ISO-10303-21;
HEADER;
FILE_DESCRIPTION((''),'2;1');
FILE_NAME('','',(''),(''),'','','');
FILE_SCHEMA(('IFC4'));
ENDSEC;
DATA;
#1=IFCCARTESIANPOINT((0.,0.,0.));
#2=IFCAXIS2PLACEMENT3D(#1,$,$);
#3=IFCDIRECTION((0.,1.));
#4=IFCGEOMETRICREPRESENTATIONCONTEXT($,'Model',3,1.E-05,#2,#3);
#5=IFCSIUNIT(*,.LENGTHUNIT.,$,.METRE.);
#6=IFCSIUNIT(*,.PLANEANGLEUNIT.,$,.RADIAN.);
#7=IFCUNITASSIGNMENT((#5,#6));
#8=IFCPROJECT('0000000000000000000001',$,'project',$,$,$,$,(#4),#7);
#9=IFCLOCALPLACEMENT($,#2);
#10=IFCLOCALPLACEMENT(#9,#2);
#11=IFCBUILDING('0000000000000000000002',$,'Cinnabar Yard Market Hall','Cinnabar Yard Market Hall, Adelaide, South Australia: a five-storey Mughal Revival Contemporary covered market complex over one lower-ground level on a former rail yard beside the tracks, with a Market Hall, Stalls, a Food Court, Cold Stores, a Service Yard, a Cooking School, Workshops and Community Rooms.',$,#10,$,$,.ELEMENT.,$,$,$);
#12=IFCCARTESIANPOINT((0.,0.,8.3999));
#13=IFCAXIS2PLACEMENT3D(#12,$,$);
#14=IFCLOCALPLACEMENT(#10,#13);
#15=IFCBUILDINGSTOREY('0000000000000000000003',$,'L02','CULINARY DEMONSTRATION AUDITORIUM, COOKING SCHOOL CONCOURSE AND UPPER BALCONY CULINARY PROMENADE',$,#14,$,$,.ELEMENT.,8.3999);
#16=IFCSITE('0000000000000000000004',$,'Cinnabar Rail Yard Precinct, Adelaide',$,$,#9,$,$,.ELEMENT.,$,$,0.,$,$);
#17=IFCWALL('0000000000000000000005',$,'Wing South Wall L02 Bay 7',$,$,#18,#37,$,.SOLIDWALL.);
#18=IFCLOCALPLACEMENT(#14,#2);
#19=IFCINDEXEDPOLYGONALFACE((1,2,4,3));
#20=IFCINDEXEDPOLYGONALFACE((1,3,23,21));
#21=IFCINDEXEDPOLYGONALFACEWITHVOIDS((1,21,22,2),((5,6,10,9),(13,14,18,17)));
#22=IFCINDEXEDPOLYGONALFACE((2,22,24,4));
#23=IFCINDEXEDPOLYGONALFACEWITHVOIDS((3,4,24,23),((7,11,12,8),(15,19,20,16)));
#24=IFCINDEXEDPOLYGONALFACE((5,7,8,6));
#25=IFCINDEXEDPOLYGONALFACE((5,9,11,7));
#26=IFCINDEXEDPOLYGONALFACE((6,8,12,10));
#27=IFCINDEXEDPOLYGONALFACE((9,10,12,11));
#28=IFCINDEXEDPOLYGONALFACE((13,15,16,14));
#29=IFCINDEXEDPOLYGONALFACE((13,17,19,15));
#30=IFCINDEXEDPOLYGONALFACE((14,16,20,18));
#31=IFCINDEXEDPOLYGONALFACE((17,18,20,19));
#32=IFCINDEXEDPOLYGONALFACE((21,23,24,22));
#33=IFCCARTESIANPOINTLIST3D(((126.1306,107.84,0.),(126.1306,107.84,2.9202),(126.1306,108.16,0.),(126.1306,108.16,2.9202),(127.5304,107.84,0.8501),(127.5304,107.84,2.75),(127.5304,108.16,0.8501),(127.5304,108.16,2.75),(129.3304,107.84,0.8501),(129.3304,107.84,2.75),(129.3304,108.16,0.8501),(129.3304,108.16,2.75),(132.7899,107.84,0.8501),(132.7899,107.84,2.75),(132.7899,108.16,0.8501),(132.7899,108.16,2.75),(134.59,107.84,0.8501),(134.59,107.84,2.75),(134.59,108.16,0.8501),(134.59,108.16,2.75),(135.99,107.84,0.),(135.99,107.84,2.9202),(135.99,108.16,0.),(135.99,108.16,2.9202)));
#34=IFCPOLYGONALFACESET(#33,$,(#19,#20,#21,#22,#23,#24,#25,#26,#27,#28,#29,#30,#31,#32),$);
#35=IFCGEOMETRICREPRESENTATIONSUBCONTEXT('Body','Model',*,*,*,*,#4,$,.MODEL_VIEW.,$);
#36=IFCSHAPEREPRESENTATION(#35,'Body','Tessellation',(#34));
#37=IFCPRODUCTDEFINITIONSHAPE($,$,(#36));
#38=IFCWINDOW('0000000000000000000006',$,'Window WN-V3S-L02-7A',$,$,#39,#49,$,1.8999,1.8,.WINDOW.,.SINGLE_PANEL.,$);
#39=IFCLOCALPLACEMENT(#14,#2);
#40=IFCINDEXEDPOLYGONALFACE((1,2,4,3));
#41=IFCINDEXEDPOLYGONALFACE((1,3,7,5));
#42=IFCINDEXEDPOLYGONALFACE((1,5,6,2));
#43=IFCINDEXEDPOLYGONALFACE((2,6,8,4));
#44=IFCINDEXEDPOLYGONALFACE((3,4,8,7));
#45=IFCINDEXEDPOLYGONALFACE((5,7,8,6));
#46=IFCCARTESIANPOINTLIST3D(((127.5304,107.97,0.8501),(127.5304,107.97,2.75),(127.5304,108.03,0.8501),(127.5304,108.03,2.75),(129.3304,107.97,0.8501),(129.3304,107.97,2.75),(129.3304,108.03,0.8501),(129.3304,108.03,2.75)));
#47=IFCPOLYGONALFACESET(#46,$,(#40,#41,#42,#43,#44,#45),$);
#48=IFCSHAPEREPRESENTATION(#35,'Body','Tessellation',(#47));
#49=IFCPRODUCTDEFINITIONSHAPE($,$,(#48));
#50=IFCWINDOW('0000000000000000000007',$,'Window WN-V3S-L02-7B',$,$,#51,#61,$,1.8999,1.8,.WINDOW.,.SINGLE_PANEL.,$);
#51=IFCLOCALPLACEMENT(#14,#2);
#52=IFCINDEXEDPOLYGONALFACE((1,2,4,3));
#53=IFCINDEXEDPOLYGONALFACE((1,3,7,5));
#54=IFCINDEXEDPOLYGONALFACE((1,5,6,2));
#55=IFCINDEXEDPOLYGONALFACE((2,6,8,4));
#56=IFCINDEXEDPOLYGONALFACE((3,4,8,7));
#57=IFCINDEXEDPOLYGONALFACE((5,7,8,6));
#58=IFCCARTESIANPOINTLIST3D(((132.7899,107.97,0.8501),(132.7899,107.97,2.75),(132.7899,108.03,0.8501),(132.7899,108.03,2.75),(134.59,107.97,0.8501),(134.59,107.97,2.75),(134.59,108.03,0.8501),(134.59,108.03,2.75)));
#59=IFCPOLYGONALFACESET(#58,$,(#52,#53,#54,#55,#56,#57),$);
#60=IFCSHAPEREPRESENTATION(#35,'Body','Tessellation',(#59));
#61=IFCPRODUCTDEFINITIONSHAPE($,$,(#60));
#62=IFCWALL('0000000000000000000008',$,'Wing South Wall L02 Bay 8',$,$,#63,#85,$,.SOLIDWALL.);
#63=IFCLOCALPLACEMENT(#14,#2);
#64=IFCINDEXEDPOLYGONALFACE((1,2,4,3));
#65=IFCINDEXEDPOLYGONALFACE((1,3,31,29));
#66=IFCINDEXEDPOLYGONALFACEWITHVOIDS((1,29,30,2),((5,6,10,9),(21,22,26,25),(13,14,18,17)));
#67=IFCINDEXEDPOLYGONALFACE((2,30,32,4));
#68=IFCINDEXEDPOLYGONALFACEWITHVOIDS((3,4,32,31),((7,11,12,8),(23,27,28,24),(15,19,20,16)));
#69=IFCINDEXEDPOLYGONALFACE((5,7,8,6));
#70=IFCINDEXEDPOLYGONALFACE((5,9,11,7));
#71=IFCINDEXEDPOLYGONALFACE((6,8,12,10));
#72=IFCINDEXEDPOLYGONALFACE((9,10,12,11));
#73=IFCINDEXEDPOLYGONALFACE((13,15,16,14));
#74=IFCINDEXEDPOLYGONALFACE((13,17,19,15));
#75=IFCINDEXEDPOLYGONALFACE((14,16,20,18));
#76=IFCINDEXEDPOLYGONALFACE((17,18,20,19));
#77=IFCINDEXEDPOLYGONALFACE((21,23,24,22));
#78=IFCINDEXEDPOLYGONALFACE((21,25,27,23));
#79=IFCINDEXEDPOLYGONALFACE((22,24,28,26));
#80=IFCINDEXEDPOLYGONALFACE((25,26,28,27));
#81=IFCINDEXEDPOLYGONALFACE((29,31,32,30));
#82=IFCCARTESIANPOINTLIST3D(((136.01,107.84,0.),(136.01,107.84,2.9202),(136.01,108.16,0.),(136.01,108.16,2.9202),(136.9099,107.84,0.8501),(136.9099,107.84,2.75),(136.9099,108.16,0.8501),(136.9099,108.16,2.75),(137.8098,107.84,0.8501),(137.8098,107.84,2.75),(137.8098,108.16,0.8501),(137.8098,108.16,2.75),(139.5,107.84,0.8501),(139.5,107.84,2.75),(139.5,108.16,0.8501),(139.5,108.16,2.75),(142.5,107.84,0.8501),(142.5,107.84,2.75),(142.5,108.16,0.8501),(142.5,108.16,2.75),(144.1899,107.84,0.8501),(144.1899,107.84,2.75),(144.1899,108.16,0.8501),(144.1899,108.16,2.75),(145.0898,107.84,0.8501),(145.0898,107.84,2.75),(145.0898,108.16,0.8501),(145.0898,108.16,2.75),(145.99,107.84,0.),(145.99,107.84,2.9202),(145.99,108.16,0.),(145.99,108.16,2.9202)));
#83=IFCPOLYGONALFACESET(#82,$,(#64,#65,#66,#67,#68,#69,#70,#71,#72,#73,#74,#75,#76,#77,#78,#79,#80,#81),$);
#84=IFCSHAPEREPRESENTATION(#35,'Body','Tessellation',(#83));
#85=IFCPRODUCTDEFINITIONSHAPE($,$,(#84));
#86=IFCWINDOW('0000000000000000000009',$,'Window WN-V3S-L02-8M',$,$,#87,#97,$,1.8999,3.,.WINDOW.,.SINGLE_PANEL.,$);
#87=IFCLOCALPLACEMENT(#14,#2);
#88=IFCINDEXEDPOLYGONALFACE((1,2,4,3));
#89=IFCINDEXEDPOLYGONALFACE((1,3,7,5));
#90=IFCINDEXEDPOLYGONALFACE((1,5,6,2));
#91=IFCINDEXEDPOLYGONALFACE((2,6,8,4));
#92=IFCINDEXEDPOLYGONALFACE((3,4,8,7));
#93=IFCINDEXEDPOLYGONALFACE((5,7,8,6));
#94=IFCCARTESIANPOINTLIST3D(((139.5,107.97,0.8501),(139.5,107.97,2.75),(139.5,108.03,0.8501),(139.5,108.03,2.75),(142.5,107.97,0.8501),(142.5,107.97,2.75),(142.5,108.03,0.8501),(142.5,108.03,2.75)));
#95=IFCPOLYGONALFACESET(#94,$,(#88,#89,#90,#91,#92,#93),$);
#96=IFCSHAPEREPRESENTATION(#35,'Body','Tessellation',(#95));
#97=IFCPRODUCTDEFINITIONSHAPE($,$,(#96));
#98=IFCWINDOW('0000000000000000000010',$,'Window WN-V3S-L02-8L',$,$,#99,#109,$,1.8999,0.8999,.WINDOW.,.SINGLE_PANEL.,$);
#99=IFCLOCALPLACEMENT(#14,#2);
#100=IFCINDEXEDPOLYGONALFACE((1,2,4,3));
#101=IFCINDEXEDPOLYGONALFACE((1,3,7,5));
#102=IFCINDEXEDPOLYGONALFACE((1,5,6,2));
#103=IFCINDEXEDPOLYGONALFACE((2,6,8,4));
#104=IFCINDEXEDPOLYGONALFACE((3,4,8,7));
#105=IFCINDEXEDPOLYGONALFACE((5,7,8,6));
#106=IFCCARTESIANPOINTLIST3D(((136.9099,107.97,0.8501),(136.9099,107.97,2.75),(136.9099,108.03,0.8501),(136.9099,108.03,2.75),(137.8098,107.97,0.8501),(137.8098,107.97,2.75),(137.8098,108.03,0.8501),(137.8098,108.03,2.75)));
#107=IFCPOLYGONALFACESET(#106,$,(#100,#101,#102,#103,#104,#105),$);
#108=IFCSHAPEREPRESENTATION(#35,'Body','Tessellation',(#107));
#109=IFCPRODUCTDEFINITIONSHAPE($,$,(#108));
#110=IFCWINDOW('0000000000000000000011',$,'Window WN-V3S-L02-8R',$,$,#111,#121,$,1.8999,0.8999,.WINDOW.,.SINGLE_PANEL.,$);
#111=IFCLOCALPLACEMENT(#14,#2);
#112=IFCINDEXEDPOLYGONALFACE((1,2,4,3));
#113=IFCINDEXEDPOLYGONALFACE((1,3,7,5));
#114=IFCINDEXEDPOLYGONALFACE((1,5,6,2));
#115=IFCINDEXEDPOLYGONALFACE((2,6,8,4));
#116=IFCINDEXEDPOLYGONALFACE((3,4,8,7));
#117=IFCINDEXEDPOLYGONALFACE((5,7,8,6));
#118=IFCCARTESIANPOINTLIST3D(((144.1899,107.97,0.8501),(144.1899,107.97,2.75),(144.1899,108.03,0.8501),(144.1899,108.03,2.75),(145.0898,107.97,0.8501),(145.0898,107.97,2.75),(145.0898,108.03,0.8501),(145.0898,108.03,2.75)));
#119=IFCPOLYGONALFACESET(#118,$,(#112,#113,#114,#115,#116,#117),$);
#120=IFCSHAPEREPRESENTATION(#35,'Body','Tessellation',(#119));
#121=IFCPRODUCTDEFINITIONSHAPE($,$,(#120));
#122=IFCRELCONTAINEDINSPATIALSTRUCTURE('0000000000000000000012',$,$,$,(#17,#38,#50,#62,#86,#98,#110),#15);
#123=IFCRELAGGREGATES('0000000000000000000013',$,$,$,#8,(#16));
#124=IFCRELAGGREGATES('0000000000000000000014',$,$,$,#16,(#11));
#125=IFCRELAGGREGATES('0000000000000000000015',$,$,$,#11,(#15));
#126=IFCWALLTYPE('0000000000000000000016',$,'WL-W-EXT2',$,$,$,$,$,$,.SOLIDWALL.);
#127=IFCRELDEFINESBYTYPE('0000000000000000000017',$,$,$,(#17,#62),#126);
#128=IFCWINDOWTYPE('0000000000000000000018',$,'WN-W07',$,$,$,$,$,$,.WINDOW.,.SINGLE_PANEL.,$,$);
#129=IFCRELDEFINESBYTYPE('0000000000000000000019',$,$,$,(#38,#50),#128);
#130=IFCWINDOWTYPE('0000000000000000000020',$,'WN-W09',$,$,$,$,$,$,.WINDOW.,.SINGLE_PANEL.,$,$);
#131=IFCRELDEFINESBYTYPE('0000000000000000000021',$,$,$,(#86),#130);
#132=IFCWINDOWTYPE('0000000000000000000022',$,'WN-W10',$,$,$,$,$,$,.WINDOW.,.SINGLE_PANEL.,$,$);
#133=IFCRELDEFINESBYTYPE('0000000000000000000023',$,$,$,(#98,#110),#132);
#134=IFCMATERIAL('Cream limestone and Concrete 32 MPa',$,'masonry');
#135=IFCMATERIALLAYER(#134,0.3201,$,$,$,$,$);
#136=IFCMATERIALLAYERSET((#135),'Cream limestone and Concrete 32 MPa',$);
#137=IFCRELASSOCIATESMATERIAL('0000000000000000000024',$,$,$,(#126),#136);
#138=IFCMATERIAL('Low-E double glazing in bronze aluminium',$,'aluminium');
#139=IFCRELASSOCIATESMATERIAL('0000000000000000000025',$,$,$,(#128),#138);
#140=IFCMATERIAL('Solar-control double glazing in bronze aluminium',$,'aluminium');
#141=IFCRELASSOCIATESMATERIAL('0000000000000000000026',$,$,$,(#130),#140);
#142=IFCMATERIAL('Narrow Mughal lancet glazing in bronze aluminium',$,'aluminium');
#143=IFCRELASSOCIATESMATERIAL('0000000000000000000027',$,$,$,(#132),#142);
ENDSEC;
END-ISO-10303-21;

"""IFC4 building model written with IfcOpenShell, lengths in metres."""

from ifc_helpers import new_model, si_unit, direction, frame, frame_2d, origin, place, context, subcontext, project, spatial, rectangle, extrude, material, layer, layer_set, type_object, element, fill, save


model = new_model("IFC4")

# Units and contexts
model_context = context("Model", 3, precision=1e-05, world=origin(), true_north=direction((0.0, 1.0)))
body_context = subcontext(model_context, "Body", "Model", "MODEL_VIEW")
ifc_project = project(units=[si_unit("LENGTHUNIT", "METRE"), si_unit("PLANEANGLEUNIT", "RADIAN")], contexts=[model_context])

# Site, building, storey
site_placement = place(None, origin())
site = spatial("IfcSite", under=ifc_project, at=site_placement, Name="Cinnabar Rail Yard Precinct, Adelaide", CompositionType="ELEMENT", RefElevation=0.0)
building_placement = place(site_placement, origin())
building = spatial("IfcBuilding", under=site, at=building_placement, Name="Cinnabar Yard Market Hall", Description="Cinnabar Yard Market Hall, Adelaide, South Australia: a five-storey Mughal Revival Contemporary covered market complex over one lower-ground level on a former rail yard beside the tracks, with a Market Hall, Stalls, a Food Court, Cold Stores, a Service Yard, a Cooking School, Workshops and Community Rooms.", CompositionType="ELEMENT")
storey_placement = place(building_placement, frame((0.0, 0.0, 8.3999)))
storey = spatial("IfcBuildingStorey", under=building, at=storey_placement, Name="L02", Description="CULINARY DEMONSTRATION AUDITORIUM, COOKING SCHOOL CONCOURSE AND UPPER BALCONY CULINARY PROMENADE", CompositionType="ELEMENT", Elevation=8.3999)

# Walls, openings, windows
ifc_material_1 = material(Name="Cream limestone and Concrete 32 MPa", Category="masonry")
ifc_layer_1 = layer(ifc_material_1, 0.3201)
ifc_layer_set_1 = layer_set([ifc_layer_1], Name="Cream limestone and Concrete 32 MPa")
wall_type = type_object("IfcWallType", Name="WL-W-EXT2", PredefinedType="SOLIDWALL", material=ifc_layer_set_1)
wall_1_placement = place(storey_placement, frame((126.1306, 108.0, 0.0), z_axis=(0.0, 0.0, 1.0), x_axis=(1.0, 0.0, 0.0)))
wall_1 = element("IfcWall", 1, at=wall_1_placement, inside=storey, type_object=wall_type, Name="Wing South Wall L02 Bay 7", PredefinedType="SOLIDWALL", context=body_context, shape_type="SweptSolid", body=[
    extrude(rectangle(XDim=9.8594, YDim=0.3201, at=frame_2d((4.9297, 0.0), x_axis=(1.0, 0.0))), origin(), (0.0, 0.0, 1.0), 2.9202),
])
opening_1_placement = place(wall_1_placement, frame((1.3999, 0.0, 0.8501)))
opening_1 = element("IfcOpeningElement", 2, at=opening_1_placement, cuts=wall_1, PredefinedType="OPENING", context=body_context, shape_type="SweptSolid", body=[
    extrude(rectangle(XDim=1.8, YDim=1.8999, at=frame_2d((0.8999, 0.95), x_axis=(1.0, 0.0))), frame((0.0, 0.1699, 0.0), z_axis=(0.0, -1.0, 0.0), x_axis=(1.0, 0.0, 0.0)), (0.0, 0.0, 1.0), 0.3401),
])
opening_2_placement = place(wall_1_placement, frame((6.6594, 0.0, 0.8501)))
opening_2 = element("IfcOpeningElement", 3, at=opening_2_placement, cuts=wall_1, PredefinedType="OPENING", context=body_context, shape_type="SweptSolid", body=[
    extrude(rectangle(XDim=1.8, YDim=1.8999, at=frame_2d((0.8999, 0.95), x_axis=(1.0, 0.0))), frame((0.0, 0.1699, 0.0), z_axis=(0.0, -1.0, 0.0), x_axis=(1.0, 0.0, 0.0)), (0.0, 0.0, 1.0), 0.3401),
])
ifc_material_2 = material(Name="Low-E double glazing in bronze aluminium", Category="aluminium")
window_type_1 = type_object("IfcWindowType", Name="WN-W07", PartitioningType="SINGLE_PANEL", PredefinedType="WINDOW", material=ifc_material_2)
window_1_placement = place(opening_1_placement, origin())
window_1 = element("IfcWindow", 4, at=window_1_placement, inside=storey, type_object=window_type_1, Name="Window WN-V3S-L02-7A", OverallHeight=1.8999, OverallWidth=1.8, PartitioningType="SINGLE_PANEL", PredefinedType="WINDOW", context=body_context, shape_type="SweptSolid", body=[
    extrude(rectangle(XDim=1.8, YDim=1.8999, at=frame_2d((0.8999, 0.95), x_axis=(1.0, 0.0))), frame((0.0, 0.03, 0.0), z_axis=(0.0, -1.0, 0.0), x_axis=(1.0, 0.0, 0.0)), (0.0, 0.0, 1.0), 0.0601),
])
fill(opening_1, window_1)
window_2_placement = place(opening_2_placement, origin())
window_2 = element("IfcWindow", 5, at=window_2_placement, inside=storey, type_object=window_type_1, Name="Window WN-V3S-L02-7B", OverallHeight=1.8999, OverallWidth=1.8, PartitioningType="SINGLE_PANEL", PredefinedType="WINDOW", context=body_context, shape_type="SweptSolid", body=[
    extrude(rectangle(XDim=1.8, YDim=1.8999, at=frame_2d((0.8999, 0.95), x_axis=(1.0, 0.0))), frame((0.0, 0.03, 0.0), z_axis=(0.0, -1.0, 0.0), x_axis=(1.0, 0.0, 0.0)), (0.0, 0.0, 1.0), 0.0601),
])
fill(opening_2, window_2)
wall_2_placement = place(storey_placement, frame((136.01, 108.0, 0.0), z_axis=(0.0, 0.0, 1.0), x_axis=(1.0, 0.0, 0.0)))
wall_2 = element("IfcWall", 6, at=wall_2_placement, inside=storey, type_object=wall_type, Name="Wing South Wall L02 Bay 8", PredefinedType="SOLIDWALL", context=body_context, shape_type="SweptSolid", body=[
    extrude(rectangle(XDim=9.98, YDim=0.3201, at=frame_2d((4.99, 0.0), x_axis=(1.0, 0.0))), origin(), (0.0, 0.0, 1.0), 2.9202),
])
opening_3_placement = place(wall_2_placement, frame((3.49, 0.0, 0.8501)))
opening_3 = element("IfcOpeningElement", 7, at=opening_3_placement, cuts=wall_2, PredefinedType="OPENING", context=body_context, shape_type="SweptSolid", body=[
    extrude(rectangle(XDim=3.0, YDim=1.8999, at=frame_2d((1.5, 0.95), x_axis=(1.0, 0.0))), frame((0.0, 0.1699, 0.0), z_axis=(0.0, -1.0, 0.0), x_axis=(1.0, 0.0, 0.0)), (0.0, 0.0, 1.0), 0.3401),
])
opening_4_placement = place(wall_2_placement, frame((0.8999, 0.0, 0.8501)))
opening_4 = element("IfcOpeningElement", 8, at=opening_4_placement, cuts=wall_2, PredefinedType="OPENING", context=body_context, shape_type="SweptSolid", body=[
    extrude(rectangle(XDim=0.8999, YDim=1.8999, at=frame_2d((0.45, 0.95), x_axis=(1.0, 0.0))), frame((0.0, 0.1699, 0.0), z_axis=(0.0, -1.0, 0.0), x_axis=(1.0, 0.0, 0.0)), (0.0, 0.0, 1.0), 0.3401),
])
opening_5_placement = place(wall_2_placement, frame((8.1799, 0.0, 0.8501)))
opening_5 = element("IfcOpeningElement", 9, at=opening_5_placement, cuts=wall_2, PredefinedType="OPENING", context=body_context, shape_type="SweptSolid", body=[
    extrude(rectangle(XDim=0.8999, YDim=1.8999, at=frame_2d((0.45, 0.95), x_axis=(1.0, 0.0))), frame((0.0, 0.1699, 0.0), z_axis=(0.0, -1.0, 0.0), x_axis=(1.0, 0.0, 0.0)), (0.0, 0.0, 1.0), 0.3401),
])
ifc_material_3 = material(Name="Solar-control double glazing in bronze aluminium", Category="aluminium")
window_type_2 = type_object("IfcWindowType", Name="WN-W09", PartitioningType="SINGLE_PANEL", PredefinedType="WINDOW", material=ifc_material_3)
window_3_placement = place(opening_3_placement, origin())
window_3 = element("IfcWindow", 10, at=window_3_placement, inside=storey, type_object=window_type_2, Name="Window WN-V3S-L02-8M", OverallHeight=1.8999, OverallWidth=3.0, PartitioningType="SINGLE_PANEL", PredefinedType="WINDOW", context=body_context, shape_type="SweptSolid", body=[
    extrude(rectangle(XDim=3.0, YDim=1.8999, at=frame_2d((1.5, 0.95), x_axis=(1.0, 0.0))), frame((0.0, 0.03, 0.0), z_axis=(0.0, -1.0, 0.0), x_axis=(1.0, 0.0, 0.0)), (0.0, 0.0, 1.0), 0.0601),
])
fill(opening_3, window_3)
ifc_material_4 = material(Name="Narrow Mughal lancet glazing in bronze aluminium", Category="aluminium")
window_type_3 = type_object("IfcWindowType", Name="WN-W10", PartitioningType="SINGLE_PANEL", PredefinedType="WINDOW", material=ifc_material_4)
window_4_placement = place(opening_4_placement, origin())
window_4 = element("IfcWindow", 11, at=window_4_placement, inside=storey, type_object=window_type_3, Name="Window WN-V3S-L02-8L", OverallHeight=1.8999, OverallWidth=0.8999, PartitioningType="SINGLE_PANEL", PredefinedType="WINDOW", context=body_context, shape_type="SweptSolid", body=[
    extrude(rectangle(XDim=0.8999, YDim=1.8999, at=frame_2d((0.45, 0.95), x_axis=(1.0, 0.0))), frame((0.0, 0.03, 0.0), z_axis=(0.0, -1.0, 0.0), x_axis=(1.0, 0.0, 0.0)), (0.0, 0.0, 1.0), 0.0601),
])
fill(opening_4, window_4)
window_5_placement = place(opening_5_placement, origin())
window_5 = element("IfcWindow", 12, at=window_5_placement, inside=storey, type_object=window_type_3, Name="Window WN-V3S-L02-8R", OverallHeight=1.8999, OverallWidth=0.8999, PartitioningType="SINGLE_PANEL", PredefinedType="WINDOW", context=body_context, shape_type="SweptSolid", body=[
    extrude(rectangle(XDim=0.8999, YDim=1.8999, at=frame_2d((0.45, 0.95), x_axis=(1.0, 0.0))), frame((0.0, 0.03, 0.0), z_axis=(0.0, -1.0, 0.0), x_axis=(1.0, 0.0, 0.0)), (0.0, 0.0, 1.0), 0.0601),
])
fill(opening_5, window_5)

save(model, "model.ifc")
